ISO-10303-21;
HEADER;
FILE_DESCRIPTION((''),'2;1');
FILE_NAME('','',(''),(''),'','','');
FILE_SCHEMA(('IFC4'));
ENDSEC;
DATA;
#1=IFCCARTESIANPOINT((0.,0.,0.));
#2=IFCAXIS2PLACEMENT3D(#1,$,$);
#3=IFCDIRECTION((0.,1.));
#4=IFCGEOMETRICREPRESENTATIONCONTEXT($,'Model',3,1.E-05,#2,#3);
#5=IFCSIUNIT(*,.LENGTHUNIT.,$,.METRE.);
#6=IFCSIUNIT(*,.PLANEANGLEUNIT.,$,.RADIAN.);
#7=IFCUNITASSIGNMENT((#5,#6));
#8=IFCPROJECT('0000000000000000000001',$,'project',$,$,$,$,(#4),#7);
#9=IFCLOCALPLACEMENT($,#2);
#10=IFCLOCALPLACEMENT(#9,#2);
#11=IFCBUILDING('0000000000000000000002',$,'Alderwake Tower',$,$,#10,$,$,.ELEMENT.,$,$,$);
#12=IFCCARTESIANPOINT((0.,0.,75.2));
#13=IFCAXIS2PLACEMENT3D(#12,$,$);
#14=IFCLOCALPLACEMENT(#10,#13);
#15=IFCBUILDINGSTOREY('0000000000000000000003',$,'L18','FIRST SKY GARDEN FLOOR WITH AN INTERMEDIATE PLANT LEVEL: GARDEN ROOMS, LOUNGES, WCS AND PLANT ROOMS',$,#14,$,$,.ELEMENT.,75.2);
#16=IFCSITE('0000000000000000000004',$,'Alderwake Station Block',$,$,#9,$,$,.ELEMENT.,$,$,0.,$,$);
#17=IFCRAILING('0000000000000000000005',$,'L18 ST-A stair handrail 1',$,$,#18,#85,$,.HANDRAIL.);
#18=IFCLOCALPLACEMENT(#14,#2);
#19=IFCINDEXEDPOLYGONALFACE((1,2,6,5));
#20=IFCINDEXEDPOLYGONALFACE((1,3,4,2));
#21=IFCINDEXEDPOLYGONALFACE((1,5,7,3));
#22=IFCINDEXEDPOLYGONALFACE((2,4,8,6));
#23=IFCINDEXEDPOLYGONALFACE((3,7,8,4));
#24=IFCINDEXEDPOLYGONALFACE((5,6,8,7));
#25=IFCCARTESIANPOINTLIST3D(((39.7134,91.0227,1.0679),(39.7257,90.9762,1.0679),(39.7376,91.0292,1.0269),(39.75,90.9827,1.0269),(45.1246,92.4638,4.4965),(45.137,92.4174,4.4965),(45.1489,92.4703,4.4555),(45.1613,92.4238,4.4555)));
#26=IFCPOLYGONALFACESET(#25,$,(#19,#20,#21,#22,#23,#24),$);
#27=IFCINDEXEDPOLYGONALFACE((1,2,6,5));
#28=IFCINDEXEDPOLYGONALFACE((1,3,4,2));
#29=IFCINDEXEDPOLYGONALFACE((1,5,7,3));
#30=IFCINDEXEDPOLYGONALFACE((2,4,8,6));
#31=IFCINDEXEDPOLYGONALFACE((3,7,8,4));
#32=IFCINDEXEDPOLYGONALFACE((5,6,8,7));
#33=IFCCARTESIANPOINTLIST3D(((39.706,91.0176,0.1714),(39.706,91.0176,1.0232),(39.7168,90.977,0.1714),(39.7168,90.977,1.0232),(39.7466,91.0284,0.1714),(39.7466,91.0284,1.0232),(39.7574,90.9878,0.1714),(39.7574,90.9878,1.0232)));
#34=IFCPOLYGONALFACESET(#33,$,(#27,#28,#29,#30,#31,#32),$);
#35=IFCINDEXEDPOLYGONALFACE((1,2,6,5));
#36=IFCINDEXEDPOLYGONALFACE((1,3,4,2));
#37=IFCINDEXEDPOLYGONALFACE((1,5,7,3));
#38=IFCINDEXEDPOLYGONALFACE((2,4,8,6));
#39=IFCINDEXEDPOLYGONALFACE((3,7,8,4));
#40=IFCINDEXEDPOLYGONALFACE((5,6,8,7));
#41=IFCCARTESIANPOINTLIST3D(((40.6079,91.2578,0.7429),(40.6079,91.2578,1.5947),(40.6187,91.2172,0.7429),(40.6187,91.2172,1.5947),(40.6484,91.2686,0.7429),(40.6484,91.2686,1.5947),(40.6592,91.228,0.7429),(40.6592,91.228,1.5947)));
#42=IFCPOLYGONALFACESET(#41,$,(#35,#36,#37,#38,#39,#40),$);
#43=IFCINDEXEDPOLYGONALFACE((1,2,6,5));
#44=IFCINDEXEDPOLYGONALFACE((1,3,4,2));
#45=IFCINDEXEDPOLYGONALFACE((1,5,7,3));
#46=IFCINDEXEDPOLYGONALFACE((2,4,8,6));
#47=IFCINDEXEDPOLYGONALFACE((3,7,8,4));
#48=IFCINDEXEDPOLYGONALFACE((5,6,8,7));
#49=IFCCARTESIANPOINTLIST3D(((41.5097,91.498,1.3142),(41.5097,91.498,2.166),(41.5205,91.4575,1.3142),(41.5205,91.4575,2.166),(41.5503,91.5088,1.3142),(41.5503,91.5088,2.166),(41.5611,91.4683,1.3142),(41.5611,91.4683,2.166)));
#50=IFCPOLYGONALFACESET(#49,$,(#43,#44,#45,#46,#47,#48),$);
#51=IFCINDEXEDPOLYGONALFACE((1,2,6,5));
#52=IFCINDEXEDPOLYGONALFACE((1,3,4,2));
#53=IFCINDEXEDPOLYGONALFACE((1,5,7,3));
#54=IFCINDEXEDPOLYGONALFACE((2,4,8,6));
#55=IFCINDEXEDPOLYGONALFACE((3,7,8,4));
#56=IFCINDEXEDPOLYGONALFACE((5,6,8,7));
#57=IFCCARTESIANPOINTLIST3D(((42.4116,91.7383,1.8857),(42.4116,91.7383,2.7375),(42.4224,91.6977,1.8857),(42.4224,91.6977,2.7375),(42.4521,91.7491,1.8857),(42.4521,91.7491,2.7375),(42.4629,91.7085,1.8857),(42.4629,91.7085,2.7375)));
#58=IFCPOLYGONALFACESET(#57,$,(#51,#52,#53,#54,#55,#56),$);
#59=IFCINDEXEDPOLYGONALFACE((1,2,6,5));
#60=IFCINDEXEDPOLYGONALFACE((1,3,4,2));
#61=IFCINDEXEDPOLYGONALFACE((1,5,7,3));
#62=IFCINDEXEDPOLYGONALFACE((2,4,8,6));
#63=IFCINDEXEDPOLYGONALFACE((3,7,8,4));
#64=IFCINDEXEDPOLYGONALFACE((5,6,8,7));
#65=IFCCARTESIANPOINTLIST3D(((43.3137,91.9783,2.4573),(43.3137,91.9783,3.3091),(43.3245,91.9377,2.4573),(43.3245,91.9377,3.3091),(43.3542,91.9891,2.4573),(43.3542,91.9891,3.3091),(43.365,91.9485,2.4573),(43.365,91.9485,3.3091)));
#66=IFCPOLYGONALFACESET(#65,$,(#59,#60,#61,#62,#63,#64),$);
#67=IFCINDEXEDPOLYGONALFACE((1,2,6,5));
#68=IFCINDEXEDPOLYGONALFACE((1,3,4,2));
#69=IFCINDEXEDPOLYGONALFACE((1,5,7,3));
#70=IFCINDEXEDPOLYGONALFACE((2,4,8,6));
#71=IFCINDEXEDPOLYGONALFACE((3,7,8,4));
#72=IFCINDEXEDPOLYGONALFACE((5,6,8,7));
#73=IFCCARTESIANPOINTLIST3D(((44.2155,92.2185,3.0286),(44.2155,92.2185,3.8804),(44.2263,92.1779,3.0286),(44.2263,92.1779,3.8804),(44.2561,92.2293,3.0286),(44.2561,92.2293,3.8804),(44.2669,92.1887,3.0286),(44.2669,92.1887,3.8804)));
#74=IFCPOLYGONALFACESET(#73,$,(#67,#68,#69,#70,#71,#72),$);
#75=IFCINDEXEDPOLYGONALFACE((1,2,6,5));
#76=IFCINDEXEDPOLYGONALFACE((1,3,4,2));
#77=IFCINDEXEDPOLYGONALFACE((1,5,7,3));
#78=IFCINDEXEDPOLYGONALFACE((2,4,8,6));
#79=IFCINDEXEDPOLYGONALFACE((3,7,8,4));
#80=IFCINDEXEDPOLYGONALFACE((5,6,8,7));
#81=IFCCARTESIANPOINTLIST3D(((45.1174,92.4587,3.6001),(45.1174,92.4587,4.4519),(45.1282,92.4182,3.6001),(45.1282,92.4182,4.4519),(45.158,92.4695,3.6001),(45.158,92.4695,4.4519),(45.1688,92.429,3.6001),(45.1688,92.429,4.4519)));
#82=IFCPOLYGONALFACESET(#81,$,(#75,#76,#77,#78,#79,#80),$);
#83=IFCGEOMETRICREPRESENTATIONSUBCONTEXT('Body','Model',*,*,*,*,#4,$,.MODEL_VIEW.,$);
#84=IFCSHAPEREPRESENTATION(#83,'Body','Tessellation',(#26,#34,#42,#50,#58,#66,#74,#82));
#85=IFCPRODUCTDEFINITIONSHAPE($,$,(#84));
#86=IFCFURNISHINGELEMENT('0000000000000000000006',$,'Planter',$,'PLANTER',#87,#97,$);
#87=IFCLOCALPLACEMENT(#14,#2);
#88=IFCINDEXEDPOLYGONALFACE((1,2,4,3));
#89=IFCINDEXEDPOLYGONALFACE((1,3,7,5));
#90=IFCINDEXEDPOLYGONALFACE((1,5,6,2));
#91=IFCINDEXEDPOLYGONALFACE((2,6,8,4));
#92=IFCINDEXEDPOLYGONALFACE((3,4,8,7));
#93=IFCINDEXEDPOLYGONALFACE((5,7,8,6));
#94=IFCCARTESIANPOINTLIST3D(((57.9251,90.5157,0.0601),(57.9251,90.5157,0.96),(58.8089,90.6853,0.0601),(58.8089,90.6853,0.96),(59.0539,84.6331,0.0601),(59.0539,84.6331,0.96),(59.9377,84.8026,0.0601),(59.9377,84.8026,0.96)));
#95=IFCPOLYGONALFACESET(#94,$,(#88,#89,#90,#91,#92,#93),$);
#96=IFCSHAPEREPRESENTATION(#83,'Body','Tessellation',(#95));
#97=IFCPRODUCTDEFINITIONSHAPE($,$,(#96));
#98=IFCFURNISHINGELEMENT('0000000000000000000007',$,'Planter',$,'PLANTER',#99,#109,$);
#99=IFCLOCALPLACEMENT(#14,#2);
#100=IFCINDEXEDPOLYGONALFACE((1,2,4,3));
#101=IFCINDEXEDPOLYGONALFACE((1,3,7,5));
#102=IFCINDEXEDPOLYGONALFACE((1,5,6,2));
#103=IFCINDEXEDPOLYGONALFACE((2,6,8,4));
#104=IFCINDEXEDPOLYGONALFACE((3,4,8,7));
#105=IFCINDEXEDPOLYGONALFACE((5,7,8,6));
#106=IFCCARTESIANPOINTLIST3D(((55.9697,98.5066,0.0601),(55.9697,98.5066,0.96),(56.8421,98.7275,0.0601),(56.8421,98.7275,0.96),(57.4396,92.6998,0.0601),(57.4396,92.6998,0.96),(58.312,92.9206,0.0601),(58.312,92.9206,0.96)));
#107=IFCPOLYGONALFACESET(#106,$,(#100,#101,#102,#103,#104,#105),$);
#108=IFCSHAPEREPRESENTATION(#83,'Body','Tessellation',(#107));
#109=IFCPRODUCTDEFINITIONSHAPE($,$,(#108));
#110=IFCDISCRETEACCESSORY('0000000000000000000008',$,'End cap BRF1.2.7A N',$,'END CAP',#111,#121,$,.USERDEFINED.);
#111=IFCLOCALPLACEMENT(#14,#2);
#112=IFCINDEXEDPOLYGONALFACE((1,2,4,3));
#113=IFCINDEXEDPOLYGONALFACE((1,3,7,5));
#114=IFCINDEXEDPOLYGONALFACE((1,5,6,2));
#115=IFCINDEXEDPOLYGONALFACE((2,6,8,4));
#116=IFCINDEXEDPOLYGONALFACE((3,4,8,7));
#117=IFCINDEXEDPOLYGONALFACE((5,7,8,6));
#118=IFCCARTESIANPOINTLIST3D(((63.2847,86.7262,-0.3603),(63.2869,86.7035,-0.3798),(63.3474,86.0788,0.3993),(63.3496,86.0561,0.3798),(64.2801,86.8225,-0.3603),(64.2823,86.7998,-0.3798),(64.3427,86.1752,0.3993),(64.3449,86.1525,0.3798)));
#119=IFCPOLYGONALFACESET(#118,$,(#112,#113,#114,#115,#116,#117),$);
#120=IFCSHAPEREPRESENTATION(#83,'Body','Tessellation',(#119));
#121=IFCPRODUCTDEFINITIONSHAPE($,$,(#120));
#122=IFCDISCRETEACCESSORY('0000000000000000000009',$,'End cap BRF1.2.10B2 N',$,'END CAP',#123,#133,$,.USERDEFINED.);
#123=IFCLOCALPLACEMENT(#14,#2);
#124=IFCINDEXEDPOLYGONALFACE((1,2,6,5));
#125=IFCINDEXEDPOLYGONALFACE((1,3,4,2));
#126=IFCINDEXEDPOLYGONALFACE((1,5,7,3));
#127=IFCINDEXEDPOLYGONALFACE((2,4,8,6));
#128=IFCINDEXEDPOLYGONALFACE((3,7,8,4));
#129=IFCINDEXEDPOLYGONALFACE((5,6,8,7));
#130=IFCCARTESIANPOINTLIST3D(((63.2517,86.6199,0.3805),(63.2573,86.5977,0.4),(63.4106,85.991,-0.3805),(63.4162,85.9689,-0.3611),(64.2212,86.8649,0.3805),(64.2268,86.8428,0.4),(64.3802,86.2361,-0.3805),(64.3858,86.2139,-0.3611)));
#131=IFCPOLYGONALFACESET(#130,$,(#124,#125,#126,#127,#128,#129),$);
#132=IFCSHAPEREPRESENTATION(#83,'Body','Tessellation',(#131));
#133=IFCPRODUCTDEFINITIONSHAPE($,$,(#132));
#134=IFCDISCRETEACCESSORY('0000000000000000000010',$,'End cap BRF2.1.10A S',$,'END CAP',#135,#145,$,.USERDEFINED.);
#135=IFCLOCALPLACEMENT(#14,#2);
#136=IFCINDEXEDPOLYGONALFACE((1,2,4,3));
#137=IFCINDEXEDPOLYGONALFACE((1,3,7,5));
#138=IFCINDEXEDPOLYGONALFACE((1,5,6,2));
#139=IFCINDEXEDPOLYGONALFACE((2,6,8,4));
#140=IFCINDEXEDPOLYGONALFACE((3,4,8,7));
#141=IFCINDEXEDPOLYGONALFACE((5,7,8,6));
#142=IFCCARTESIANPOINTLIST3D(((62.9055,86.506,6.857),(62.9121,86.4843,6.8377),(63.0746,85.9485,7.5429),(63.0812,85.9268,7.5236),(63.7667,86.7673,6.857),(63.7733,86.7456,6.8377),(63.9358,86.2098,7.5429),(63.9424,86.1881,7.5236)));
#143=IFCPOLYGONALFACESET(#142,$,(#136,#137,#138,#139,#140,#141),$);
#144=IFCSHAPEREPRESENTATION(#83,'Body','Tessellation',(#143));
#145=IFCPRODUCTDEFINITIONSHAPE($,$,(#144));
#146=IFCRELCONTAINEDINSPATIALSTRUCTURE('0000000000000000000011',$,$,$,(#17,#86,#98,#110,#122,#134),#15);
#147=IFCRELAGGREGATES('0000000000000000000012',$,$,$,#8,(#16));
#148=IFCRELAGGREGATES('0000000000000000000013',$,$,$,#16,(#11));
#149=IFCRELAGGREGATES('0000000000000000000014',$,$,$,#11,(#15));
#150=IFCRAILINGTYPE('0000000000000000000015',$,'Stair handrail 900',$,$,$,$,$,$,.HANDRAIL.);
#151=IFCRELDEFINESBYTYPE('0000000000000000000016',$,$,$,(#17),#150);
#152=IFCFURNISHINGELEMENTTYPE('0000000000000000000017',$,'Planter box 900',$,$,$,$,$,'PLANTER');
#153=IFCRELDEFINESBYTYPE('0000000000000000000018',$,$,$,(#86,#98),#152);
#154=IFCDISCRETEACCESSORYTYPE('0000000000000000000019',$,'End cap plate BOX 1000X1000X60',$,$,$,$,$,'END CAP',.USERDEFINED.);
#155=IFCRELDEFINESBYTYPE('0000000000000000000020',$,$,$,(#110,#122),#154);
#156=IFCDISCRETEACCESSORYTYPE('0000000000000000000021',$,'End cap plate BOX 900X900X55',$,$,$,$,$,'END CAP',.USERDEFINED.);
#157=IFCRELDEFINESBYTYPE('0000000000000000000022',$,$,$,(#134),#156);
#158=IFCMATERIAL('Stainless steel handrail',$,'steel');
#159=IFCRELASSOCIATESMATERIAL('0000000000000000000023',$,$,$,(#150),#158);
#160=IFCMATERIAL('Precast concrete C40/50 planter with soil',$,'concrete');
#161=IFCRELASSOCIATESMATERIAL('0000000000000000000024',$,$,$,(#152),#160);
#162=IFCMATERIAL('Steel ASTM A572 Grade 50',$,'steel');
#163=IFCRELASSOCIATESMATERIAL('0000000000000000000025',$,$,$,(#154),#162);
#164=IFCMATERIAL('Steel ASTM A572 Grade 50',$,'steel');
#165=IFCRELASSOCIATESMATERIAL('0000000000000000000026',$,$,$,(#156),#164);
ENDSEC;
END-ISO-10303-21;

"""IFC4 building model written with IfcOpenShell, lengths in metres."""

from ifc_helpers import new_model, si_unit, direction, frame, origin, origin_2d, place, context, subcontext, project, spatial, rectangle, extrude, material, material_profile, profile_set, type_object, element, save


model = new_model("IFC4")

# Units and contexts
model_context = context("Model", 3, precision=1e-05, world=origin(), true_north=direction((0.0, 1.0)))
body_context = subcontext(model_context, "Body", "Model", "MODEL_VIEW")
ifc_project = project(units=[si_unit("LENGTHUNIT", "METRE"), si_unit("PLANEANGLEUNIT", "RADIAN")], contexts=[model_context])

# Site, building, storey
site_placement = place(None, origin())
site = spatial("IfcSite", under=ifc_project, at=site_placement, Name="Alderwake Station Block", CompositionType="ELEMENT", RefElevation=0.0)
building_placement = place(site_placement, origin())
building = spatial("IfcBuilding", under=site, at=building_placement, Name="Alderwake Tower", CompositionType="ELEMENT")
storey_placement = place(building_placement, frame((0.0, 0.0, 75.2)))
storey = spatial("IfcBuildingStorey", under=building, at=storey_placement, Name="L18", Description="FIRST SKY GARDEN FLOOR WITH AN INTERMEDIATE PLANT LEVEL: GARDEN ROOMS, LOUNGES, WCS AND PLANT ROOMS", CompositionType="ELEMENT", Elevation=75.2)

# Railing
ifc_material_1 = material(Name="Stainless steel handrail", Category="steel")
railing_type = type_object("IfcRailingType", Name="Stair handrail 900", PredefinedType="HANDRAIL", material=ifc_material_1)
railing_placement = place(storey_placement, frame((39.7317, 91.0027, 0.1714)))
element("IfcRailing", 1, at=railing_placement, inside=storey, type_object=railing_type, Name="L18 ST-A stair handrail 1", PredefinedType="HANDRAIL", context=body_context, shape_type="SweptSolid", body=[
    extrude(rectangle(XDim=0.0481, YDim=0.0481, at=origin_2d()), frame((0.0, 0.0, 0.876), z_axis=(0.824116, 0.219479, 0.52217), x_axis=(-0.257351, 0.966318, 0.0)), (0.0, 0.0, 1.0), 6.5662),
    extrude(rectangle(XDim=0.042, YDim=0.042, at=origin_2d()), frame((0.0, 0.0, 0.0), z_axis=(0.0, 0.0, 1.0), x_axis=(0.966318, 0.257351, 0.0)), (0.0, 0.0, 1.0), 0.8518),
    extrude(rectangle(XDim=0.042, YDim=0.042, at=origin_2d()), frame((0.9019, 0.2402, 0.5715), z_axis=(0.0, 0.0, 1.0), x_axis=(0.966318, 0.257351, 0.0)), (0.0, 0.0, 1.0), 0.8518),
    extrude(rectangle(XDim=0.042, YDim=0.042, at=origin_2d()), frame((1.8037, 0.4805, 1.1428), z_axis=(0.0, 0.0, 1.0), x_axis=(0.966318, 0.257351, 0.0)), (0.0, 0.0, 1.0), 0.8518),
    extrude(rectangle(XDim=0.042, YDim=0.042, at=origin_2d()), frame((2.7056, 0.7207, 1.7144), z_axis=(0.0, 0.0, 1.0), x_axis=(0.966318, 0.257351, 0.0)), (0.0, 0.0, 1.0), 0.8518),
    extrude(rectangle(XDim=0.042, YDim=0.042, at=origin_2d()), frame((3.6077, 0.9607, 2.2859), z_axis=(0.0, 0.0, 1.0), x_axis=(0.966318, 0.257351, 0.0)), (0.0, 0.0, 1.0), 0.8518),
    extrude(rectangle(XDim=0.042, YDim=0.042, at=origin_2d()), frame((4.5095, 1.2009, 2.8572), z_axis=(0.0, 0.0, 1.0), x_axis=(0.966318, 0.257351, 0.0)), (0.0, 0.0, 1.0), 0.8518),
    extrude(rectangle(XDim=0.042, YDim=0.042, at=origin_2d()), frame((5.4114, 1.4412, 3.4287), z_axis=(0.0, 0.0, 1.0), x_axis=(0.966318, 0.257351, 0.0)), (0.0, 0.0, 1.0), 0.8518),
])

# Furnishing elements
ifc_material_2 = material(Name="Precast concrete C40/50 planter with soil", Category="concrete")
furnishing_element_type = type_object("IfcFurnishingElementType", Name="Planter box 900", ElementType="PLANTER", material=ifc_material_2)
for number, where, z_axis, x_axis, name in (
    (2, (58.9314, 87.6592, 0.0601), (0.0, 0.0, 1.0), (0.982083, 0.188449, 0.0), "Planter"),
    (3, (57.1409, 95.7136, 0.0601), (0.0, 0.0, 1.0), (0.969426, 0.245385, 0.0), "Planter"),
):
    element("IfcFurnishingElement", number, at=place(storey_placement, frame(where, z_axis=z_axis, x_axis=x_axis)), inside=storey, type_object=furnishing_element_type, Name=name, ObjectType="PLANTER", context=body_context, shape_type="SweptSolid", body=[
        extrude(rectangle(XDim=0.8999, YDim=5.99, at=origin_2d()), origin(), (0.0, 0.0, 1.0), 0.8999),
    ])

# Discrete accessories
ifc_material_3 = material(Name="Steel ASTM A572 Grade 50", Category="steel")
ifc_material_profile_1 = material_profile(ifc_material_3, rectangle(XDim=1.0, YDim=1.0, at=origin_2d()), Name="BOX 1000X1000X60 cap")
ifc_profile_set_1 = profile_set([ifc_material_profile_1], Name="Steel ASTM A572 Grade 50")
discrete_accessory_type_1 = type_object("IfcDiscreteAccessoryType", Name="End cap plate BOX 1000X1000X60", ElementType="END CAP", PredefinedType="USERDEFINED", material=ifc_profile_set_1)
for number, where, z_axis, x_axis, name in (
    (4, (63.8159, 86.428, 0.0), (-0.073168, 0.756073, 0.650385), (-0.99535, -0.096324, 0.0), "End cap BRF1.2.7A N"),
    (5, (63.8159, 86.428, 0.0), (0.186493, -0.737865, 0.648672), (0.969513, 0.245042, 0.0), "End cap BRF1.2.10B2 N"),
):
    element("IfcDiscreteAccessory", number, at=place(storey_placement, frame(where, z_axis=z_axis, x_axis=x_axis)), inside=storey, type_object=discrete_accessory_type_1, Name=name, ObjectType="END CAP", PredefinedType="USERDEFINED", context=body_context, shape_type="SweptSolid", body=[
        extrude(rectangle(XDim=1.0, YDim=1.0, at=origin_2d()), origin(), (0.0, 0.0, 1.0), 0.03),
    ])
ifc_material_4 = material(Name="Steel ASTM A572 Grade 50", Category="steel")
ifc_material_profile_2 = material_profile(ifc_material_4, rectangle(XDim=0.8999, YDim=0.8999, at=origin_2d()), Name="BOX 900X900X55 cap")
ifc_profile_set_2 = profile_set([ifc_material_profile_2], Name="Steel ASTM A572 Grade 50")
discrete_accessory_type_2 = type_object("IfcDiscreteAccessoryType", Name="End cap plate BOX 900X900X55", ElementType="END CAP", PredefinedType="USERDEFINED", material=ifc_profile_set_2)
discrete_accessory_placement = place(storey_placement, frame((63.4207, 86.3579, 7.2), z_axis=(0.221259, -0.729337, -0.647389), x_axis=(0.956934, 0.290306, 0.0)))
element("IfcDiscreteAccessory", 6, at=discrete_accessory_placement, inside=storey, type_object=discrete_accessory_type_2, Name="End cap BRF2.1.10A S", ObjectType="END CAP", PredefinedType="USERDEFINED", context=body_context, shape_type="SweptSolid", body=[
    extrude(rectangle(XDim=0.8999, YDim=0.8999, at=origin_2d()), origin(), (0.0, 0.0, 1.0), 0.0298),
])

save(model, "model.ifc")
